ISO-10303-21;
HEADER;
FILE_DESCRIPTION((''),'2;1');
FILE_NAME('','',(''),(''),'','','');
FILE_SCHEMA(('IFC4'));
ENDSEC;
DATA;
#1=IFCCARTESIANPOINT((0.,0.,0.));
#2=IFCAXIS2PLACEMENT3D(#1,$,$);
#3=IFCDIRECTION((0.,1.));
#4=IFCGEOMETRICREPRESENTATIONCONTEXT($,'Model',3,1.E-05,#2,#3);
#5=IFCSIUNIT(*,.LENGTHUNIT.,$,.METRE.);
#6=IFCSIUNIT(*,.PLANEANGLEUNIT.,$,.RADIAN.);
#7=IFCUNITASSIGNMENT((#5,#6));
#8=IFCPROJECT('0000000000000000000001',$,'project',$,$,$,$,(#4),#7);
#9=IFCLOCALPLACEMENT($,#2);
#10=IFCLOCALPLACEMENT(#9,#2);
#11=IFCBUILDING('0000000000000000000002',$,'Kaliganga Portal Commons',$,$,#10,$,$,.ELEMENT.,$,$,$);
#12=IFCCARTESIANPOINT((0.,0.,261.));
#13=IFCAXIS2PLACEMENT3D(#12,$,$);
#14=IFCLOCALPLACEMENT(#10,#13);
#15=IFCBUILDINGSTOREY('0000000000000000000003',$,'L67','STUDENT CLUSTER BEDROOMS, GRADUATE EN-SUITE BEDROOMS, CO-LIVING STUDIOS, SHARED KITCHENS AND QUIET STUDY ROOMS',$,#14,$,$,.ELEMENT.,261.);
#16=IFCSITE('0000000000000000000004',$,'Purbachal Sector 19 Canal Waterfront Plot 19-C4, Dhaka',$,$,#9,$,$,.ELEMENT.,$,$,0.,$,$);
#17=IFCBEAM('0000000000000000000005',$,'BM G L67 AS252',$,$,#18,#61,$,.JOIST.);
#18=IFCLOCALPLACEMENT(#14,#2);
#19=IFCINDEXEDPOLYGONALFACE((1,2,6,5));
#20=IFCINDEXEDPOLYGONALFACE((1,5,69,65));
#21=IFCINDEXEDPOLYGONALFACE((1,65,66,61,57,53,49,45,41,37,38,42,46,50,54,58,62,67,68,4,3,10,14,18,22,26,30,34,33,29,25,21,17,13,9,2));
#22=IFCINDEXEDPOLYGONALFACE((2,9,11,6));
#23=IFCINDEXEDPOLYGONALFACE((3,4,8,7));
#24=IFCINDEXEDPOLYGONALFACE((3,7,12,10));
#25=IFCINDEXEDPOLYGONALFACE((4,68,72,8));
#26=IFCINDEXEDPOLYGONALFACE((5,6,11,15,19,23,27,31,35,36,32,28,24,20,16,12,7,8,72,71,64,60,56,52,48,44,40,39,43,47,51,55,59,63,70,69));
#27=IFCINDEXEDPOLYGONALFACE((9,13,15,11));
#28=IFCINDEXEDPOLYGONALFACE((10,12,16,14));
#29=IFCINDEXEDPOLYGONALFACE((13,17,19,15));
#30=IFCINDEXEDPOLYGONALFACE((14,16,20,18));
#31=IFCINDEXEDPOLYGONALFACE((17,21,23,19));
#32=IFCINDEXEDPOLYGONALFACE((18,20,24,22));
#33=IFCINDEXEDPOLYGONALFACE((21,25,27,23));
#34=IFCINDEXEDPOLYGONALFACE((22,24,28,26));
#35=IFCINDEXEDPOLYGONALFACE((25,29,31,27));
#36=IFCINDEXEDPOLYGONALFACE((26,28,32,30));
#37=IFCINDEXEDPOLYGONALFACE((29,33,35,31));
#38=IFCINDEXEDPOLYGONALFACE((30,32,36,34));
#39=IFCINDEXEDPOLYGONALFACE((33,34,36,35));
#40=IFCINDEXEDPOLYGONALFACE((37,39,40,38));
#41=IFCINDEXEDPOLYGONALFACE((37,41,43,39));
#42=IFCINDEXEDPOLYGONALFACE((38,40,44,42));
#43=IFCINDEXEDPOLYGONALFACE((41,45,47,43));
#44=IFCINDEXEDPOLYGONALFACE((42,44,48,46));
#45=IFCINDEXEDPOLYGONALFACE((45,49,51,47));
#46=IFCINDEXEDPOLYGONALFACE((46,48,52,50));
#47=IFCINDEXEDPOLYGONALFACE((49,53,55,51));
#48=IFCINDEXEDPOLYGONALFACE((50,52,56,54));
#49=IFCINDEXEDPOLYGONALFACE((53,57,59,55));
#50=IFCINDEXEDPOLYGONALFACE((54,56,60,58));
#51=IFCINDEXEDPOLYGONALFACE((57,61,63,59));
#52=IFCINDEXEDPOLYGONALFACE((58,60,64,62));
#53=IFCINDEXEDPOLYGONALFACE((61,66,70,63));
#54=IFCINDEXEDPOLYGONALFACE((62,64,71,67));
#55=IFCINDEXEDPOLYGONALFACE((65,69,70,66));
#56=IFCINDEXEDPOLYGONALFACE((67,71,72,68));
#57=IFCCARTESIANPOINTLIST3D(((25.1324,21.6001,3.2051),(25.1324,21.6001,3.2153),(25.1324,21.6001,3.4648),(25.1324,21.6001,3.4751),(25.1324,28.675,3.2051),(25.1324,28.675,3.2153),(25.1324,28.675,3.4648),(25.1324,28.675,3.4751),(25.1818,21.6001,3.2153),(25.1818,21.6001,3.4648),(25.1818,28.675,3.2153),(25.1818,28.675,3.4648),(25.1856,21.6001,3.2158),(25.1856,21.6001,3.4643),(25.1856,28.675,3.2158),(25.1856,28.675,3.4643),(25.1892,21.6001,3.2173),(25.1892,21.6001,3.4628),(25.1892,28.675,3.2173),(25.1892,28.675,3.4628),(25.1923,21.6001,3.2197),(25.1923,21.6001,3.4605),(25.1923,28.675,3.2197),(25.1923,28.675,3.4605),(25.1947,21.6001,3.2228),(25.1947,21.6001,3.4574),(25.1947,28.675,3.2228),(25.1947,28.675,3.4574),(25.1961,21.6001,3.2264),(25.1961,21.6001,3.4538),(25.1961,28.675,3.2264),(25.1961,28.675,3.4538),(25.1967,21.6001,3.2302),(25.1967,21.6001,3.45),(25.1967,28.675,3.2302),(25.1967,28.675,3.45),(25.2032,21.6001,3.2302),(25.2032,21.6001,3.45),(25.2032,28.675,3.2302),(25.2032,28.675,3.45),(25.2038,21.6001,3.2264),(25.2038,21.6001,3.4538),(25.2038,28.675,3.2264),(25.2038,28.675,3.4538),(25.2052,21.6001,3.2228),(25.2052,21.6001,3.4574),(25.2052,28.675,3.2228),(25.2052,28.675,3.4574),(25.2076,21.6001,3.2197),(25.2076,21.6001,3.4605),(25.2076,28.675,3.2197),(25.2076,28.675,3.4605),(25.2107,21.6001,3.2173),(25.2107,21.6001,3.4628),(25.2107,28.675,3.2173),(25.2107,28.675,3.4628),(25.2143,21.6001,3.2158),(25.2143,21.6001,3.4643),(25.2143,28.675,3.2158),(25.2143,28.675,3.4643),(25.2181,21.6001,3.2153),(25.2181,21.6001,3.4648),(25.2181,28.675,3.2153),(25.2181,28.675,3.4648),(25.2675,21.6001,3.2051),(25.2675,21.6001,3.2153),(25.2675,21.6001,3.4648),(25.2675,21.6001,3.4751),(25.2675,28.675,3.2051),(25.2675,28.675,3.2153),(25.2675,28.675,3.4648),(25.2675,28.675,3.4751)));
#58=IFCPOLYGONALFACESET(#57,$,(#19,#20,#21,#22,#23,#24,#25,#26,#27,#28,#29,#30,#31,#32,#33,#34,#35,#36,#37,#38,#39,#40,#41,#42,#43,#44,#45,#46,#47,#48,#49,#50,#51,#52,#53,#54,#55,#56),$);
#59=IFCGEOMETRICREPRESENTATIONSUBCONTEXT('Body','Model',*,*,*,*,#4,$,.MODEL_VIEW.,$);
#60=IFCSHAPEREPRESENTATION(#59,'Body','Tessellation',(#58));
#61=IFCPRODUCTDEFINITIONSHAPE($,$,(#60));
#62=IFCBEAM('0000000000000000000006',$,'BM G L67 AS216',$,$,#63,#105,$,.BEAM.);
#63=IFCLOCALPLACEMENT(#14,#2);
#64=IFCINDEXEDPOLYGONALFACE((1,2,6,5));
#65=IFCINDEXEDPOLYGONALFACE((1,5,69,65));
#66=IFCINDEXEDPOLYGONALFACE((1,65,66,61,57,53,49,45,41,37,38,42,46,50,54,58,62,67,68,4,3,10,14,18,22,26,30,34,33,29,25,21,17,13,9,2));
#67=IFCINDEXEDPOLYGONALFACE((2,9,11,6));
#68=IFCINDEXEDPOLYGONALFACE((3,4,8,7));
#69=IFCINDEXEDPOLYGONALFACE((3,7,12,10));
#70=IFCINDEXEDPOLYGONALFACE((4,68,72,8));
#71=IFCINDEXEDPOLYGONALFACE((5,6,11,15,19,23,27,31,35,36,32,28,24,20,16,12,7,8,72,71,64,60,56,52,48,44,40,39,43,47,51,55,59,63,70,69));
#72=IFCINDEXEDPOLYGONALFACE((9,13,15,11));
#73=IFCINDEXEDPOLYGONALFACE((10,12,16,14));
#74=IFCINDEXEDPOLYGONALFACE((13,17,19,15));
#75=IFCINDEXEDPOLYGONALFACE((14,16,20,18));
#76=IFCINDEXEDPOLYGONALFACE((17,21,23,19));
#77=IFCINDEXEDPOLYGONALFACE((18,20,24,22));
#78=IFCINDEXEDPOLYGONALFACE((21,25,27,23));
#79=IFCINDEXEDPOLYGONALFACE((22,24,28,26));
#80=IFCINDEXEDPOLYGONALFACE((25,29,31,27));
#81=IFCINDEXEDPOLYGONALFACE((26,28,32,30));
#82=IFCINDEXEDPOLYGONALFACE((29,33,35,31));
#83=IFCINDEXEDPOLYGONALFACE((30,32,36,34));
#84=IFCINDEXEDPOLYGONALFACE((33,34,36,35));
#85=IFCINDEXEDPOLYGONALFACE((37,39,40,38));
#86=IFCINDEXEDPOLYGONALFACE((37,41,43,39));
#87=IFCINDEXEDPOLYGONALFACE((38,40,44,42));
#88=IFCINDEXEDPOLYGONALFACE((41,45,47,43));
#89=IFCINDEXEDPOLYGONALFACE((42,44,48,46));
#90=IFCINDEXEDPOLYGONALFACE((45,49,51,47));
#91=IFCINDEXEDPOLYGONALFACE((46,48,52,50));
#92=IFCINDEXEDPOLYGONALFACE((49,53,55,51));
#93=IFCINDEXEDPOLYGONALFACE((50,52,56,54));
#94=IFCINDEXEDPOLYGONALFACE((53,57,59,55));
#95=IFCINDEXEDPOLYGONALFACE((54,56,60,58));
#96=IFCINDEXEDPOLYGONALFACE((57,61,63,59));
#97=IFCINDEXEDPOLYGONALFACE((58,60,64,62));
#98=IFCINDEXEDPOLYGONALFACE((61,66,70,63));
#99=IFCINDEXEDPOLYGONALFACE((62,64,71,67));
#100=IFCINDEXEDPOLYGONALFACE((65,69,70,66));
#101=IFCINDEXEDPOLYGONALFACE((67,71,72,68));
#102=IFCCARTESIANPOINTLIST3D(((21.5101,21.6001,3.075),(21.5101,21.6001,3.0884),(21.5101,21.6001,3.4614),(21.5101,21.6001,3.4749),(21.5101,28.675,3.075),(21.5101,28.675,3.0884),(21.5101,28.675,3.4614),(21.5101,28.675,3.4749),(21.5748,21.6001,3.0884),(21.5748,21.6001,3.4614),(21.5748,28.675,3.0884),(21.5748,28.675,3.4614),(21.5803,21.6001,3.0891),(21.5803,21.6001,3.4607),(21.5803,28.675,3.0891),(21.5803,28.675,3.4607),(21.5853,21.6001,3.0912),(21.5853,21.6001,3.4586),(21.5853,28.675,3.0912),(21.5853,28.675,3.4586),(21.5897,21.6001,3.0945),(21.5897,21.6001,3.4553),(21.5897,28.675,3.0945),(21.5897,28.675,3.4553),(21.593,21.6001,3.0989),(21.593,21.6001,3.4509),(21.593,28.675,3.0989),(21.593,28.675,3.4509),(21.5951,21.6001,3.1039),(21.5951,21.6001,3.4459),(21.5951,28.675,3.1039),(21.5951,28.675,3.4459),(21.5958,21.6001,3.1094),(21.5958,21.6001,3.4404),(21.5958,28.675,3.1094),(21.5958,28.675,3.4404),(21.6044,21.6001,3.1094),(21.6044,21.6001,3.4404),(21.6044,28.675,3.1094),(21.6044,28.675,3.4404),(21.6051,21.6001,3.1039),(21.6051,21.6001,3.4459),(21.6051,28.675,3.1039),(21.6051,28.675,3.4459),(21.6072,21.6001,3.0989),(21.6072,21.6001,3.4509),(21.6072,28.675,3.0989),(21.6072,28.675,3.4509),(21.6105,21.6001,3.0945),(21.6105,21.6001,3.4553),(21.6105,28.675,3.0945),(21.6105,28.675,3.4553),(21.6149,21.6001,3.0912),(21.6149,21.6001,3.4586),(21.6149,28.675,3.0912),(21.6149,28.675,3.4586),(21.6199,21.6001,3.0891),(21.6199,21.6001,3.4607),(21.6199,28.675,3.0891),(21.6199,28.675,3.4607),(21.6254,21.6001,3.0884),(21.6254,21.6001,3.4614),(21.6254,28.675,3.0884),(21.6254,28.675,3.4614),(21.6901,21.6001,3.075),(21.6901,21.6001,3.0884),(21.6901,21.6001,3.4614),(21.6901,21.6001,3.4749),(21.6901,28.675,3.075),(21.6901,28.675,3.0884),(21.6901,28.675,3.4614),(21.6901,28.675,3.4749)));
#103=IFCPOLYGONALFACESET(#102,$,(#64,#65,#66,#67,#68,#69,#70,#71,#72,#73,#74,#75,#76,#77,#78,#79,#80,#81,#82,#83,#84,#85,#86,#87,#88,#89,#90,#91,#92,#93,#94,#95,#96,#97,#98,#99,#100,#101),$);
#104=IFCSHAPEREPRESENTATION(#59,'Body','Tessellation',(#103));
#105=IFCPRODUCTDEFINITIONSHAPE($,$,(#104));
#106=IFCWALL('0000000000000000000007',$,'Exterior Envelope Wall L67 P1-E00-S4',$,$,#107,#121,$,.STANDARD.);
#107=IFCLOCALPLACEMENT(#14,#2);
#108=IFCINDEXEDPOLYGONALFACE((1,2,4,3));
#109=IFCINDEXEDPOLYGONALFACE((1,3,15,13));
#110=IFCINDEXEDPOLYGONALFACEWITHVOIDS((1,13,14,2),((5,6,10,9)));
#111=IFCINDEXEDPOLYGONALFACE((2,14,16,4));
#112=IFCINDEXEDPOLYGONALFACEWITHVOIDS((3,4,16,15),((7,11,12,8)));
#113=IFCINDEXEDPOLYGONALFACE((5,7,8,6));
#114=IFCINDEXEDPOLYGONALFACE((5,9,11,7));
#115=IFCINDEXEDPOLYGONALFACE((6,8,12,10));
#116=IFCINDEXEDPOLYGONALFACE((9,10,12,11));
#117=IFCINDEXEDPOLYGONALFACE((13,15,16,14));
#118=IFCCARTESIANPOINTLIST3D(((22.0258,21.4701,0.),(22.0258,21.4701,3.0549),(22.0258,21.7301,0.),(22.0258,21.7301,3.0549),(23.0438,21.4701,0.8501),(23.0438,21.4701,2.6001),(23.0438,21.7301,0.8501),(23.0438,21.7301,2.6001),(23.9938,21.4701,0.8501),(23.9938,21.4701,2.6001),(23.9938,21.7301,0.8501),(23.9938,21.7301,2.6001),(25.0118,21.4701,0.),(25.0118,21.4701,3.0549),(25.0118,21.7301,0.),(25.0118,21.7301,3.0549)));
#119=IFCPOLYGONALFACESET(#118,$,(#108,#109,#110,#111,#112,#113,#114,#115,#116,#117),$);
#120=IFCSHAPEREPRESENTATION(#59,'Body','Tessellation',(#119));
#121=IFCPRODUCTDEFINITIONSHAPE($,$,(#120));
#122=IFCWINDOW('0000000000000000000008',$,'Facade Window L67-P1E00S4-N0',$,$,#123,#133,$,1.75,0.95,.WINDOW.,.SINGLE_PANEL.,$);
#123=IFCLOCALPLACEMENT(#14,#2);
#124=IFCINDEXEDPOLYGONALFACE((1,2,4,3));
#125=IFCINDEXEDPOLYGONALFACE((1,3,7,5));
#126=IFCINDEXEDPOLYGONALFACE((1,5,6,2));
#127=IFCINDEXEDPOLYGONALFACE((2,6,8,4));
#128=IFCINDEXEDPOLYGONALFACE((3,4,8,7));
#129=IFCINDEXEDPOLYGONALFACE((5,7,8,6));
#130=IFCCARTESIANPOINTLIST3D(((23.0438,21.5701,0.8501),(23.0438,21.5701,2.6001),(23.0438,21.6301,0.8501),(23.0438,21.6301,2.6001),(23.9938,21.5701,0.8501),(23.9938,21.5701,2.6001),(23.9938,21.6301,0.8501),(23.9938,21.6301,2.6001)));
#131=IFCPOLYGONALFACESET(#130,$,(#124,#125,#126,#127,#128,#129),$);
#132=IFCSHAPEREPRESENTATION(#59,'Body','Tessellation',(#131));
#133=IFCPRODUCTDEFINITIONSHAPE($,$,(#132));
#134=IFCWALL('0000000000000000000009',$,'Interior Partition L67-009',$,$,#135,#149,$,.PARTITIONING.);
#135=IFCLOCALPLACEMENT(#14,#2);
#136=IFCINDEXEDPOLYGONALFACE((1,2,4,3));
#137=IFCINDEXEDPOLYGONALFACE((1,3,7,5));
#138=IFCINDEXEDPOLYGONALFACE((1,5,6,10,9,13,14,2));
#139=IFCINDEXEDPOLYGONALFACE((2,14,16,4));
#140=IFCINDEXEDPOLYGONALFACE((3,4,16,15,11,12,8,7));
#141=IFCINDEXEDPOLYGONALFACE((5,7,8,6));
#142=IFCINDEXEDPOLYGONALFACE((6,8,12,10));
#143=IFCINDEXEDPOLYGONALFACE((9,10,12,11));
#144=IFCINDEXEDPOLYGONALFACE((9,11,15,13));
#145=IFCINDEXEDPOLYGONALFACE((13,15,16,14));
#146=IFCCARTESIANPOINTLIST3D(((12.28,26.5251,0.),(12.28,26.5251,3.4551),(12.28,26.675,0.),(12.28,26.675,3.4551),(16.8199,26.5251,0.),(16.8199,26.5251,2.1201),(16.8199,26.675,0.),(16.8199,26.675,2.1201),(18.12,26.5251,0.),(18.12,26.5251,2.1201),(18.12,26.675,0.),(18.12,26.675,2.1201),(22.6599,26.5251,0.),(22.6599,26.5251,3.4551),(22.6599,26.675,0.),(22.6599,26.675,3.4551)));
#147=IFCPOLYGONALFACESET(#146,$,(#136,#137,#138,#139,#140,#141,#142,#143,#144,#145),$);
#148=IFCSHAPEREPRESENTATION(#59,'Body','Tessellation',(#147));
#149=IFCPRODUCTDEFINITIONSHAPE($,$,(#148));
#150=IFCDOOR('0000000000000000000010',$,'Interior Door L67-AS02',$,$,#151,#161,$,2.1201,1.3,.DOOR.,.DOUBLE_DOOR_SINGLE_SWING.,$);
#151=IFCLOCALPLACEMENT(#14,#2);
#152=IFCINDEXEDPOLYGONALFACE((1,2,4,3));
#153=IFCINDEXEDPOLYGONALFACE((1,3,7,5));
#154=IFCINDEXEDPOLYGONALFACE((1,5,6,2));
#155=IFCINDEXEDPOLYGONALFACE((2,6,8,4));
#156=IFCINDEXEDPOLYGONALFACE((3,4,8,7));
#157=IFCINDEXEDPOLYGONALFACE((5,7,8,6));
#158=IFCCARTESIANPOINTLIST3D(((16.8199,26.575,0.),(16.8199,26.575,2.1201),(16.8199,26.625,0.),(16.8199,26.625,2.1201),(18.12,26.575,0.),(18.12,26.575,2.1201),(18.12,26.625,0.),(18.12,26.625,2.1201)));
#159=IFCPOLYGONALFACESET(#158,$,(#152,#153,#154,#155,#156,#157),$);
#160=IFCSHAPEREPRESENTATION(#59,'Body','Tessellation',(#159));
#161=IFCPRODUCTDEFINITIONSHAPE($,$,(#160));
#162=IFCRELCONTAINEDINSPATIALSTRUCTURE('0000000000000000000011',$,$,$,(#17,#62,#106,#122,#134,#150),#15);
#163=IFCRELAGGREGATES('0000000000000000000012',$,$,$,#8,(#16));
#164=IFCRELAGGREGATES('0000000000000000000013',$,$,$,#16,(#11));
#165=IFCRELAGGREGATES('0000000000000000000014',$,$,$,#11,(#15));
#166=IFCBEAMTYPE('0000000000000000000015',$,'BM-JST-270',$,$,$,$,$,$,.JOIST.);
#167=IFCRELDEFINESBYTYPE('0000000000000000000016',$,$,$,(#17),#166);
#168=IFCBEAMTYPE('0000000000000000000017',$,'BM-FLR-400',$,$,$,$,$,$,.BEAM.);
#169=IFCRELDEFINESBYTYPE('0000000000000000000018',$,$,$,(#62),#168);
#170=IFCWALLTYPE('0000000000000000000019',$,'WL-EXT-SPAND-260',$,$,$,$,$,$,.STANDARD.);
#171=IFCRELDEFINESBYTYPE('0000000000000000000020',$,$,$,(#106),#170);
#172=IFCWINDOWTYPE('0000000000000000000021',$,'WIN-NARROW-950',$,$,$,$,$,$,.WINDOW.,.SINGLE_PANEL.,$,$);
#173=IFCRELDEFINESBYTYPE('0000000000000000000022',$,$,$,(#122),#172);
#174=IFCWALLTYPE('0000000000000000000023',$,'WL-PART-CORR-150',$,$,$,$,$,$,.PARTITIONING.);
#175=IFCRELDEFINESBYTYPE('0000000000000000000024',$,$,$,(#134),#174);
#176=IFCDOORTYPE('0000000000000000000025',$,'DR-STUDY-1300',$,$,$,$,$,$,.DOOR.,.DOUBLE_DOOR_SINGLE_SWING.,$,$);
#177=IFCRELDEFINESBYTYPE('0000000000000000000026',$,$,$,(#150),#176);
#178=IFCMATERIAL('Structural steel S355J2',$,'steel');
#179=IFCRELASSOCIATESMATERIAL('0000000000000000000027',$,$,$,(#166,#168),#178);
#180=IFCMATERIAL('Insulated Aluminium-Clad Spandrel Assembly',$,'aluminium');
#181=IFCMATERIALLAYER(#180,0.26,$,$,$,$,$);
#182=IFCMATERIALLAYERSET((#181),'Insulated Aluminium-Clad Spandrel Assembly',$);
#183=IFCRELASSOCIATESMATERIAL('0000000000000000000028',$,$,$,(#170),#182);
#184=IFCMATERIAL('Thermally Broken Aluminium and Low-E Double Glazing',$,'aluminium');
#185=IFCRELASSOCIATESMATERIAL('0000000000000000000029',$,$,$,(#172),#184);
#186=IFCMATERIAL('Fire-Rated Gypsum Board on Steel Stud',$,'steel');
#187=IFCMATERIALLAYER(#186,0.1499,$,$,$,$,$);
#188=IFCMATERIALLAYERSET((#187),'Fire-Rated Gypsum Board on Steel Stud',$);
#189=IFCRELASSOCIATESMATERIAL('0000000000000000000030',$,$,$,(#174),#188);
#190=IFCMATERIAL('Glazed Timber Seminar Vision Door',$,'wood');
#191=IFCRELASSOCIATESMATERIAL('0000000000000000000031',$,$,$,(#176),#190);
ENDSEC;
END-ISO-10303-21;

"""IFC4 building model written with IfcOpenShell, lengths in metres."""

from ifc_helpers import new_model, si_unit, direction, frame, frame_2d, origin, origin_2d, place, context, subcontext, project, spatial, rectangle, i_section, extrude, source, transform, mapped, material, layer, layer_set, material_profile, profile_set, type_object, element, fill, save


model = new_model("IFC4")

# Units and contexts
model_context = context("Model", 3, precision=1e-05, world=origin(), true_north=direction((0.0, 1.0)))
body_context = subcontext(model_context, "Body", "Model", "MODEL_VIEW")
ifc_project = project(units=[si_unit("LENGTHUNIT", "METRE"), si_unit("PLANEANGLEUNIT", "RADIAN")], contexts=[model_context])

# Site, building, storey
site_placement = place(None, origin())
site = spatial("IfcSite", under=ifc_project, at=site_placement, Name="Purbachal Sector 19 Canal Waterfront Plot 19-C4, Dhaka", CompositionType="ELEMENT", RefElevation=0.0)
building_placement = place(site_placement, origin())
building = spatial("IfcBuilding", under=site, at=building_placement, Name="Kaliganga Portal Commons", CompositionType="ELEMENT")
storey_placement = place(building_placement, frame((0.0, 0.0, 261.0)))
storey = spatial("IfcBuildingStorey", under=building, at=storey_placement, Name="L67", Description="STUDENT CLUSTER BEDROOMS, GRADUATE EN-SUITE BEDROOMS, CO-LIVING STUDIOS, SHARED KITCHENS AND QUIET STUDY ROOMS", CompositionType="ELEMENT", Elevation=261.0)

# Shared definitions
ifc_material_1 = material(Name="Structural steel S355J2", Category="steel")

# Beams
ifc_material_profile_1 = material_profile(ifc_material_1, i_section(OverallWidth=0.135, OverallDepth=0.27, WebThickness=0.0066, FlangeThickness=0.0103, FilletRadius=0.0149, at=origin_2d()), Name="IPE 270")
ifc_profile_set_1 = profile_set([ifc_material_profile_1], Name="Structural steel S355J2 wide-flange")
beam_type_1 = type_object("IfcBeamType", Name="BM-JST-270", PredefinedType="JOIST", material=ifc_profile_set_1)
shared_shape_1 = source(origin(), body_context, "Body", "SweptSolid", [
    extrude(i_section(OverallWidth=0.135, OverallDepth=0.27, WebThickness=0.0066, FlangeThickness=0.0103, FilletRadius=0.0149, at=origin_2d()), origin(), (0.0, 0.0, 1.0), 7.075),
])
beam_1_placement = place(storey_placement, frame((25.2, 21.6001, 3.3401), z_axis=(0.0, 1.0, 0.0), x_axis=(-1.0, 0.0, 0.0)))
element("IfcBeam", 1, at=beam_1_placement, inside=storey, type_object=beam_type_1, Name="BM G L67 AS252", PredefinedType="JOIST", context=body_context, shape_type="MappedRepresentation", body=[
    mapped(shared_shape_1, transform((0.0, 0.0, 0.0), x_axis=(1.0, 0.0, 0.0), y_axis=(0.0, 1.0, 0.0), z_axis=(0.0, 0.0, 1.0), scale=1.0)),
])
ifc_material_profile_2 = material_profile(ifc_material_1, i_section(OverallWidth=0.1799, OverallDepth=0.3999, WebThickness=0.0085, FlangeThickness=0.0134, FilletRadius=0.021, at=origin_2d()), Name="IPE 400")
ifc_profile_set_2 = profile_set([ifc_material_profile_2], Name="Structural steel S355J2 wide-flange")
beam_type_2 = type_object("IfcBeamType", Name="BM-FLR-400", PredefinedType="BEAM", material=ifc_profile_set_2)
shared_shape_2 = source(origin(), body_context, "Body", "SweptSolid", [
    extrude(i_section(OverallWidth=0.1799, OverallDepth=0.3999, WebThickness=0.0085, FlangeThickness=0.0134, FilletRadius=0.021, at=origin_2d()), origin(), (0.0, 0.0, 1.0), 7.075),
])
beam_2_placement = place(storey_placement, frame((21.6001, 21.6001, 3.2749), z_axis=(0.0, 1.0, 0.0), x_axis=(-1.0, 0.0, 0.0)))
element("IfcBeam", 2, at=beam_2_placement, inside=storey, type_object=beam_type_2, Name="BM G L67 AS216", PredefinedType="BEAM", context=body_context, shape_type="MappedRepresentation", body=[
    mapped(shared_shape_2, transform((0.0, 0.0, 0.0), x_axis=(1.0, 0.0, 0.0), y_axis=(0.0, 1.0, 0.0), z_axis=(0.0, 0.0, 1.0), scale=1.0)),
])

# Wall, opening, window
ifc_material_2 = material(Name="Insulated Aluminium-Clad Spandrel Assembly", Category="aluminium")
ifc_layer_1 = layer(ifc_material_2, 0.26)
ifc_layer_set_1 = layer_set([ifc_layer_1], Name="Insulated Aluminium-Clad Spandrel Assembly")
wall_type_1 = type_object("IfcWallType", Name="WL-EXT-SPAND-260", PredefinedType="STANDARD", material=ifc_layer_set_1)
wall_1_placement = place(storey_placement, frame((25.012, 21.6001, 0.0), z_axis=(0.0, 0.0, 1.0), x_axis=(-1.0, 0.0, 0.0)))
wall_1 = element("IfcWall", 3, at=wall_1_placement, inside=storey, type_object=wall_type_1, Name="Exterior Envelope Wall L67 P1-E00-S4", PredefinedType="STANDARD", context=body_context, shape_type="SweptSolid", body=[
    extrude(rectangle(XDim=2.9861, YDim=0.26, at=frame_2d((1.4932, 0.0))), origin(), (0.0, 0.0, 1.0), 3.0549),
])
opening_1_placement = place(wall_1_placement, frame((1.0181, 0.0, 0.8501)))
opening_1 = element("IfcOpeningElement", 4, at=opening_1_placement, cuts=wall_1, PredefinedType="OPENING", context=body_context, shape_type="SweptSolid", body=[
    extrude(rectangle(XDim=0.95, YDim=1.75, at=frame_2d((0.4751, 0.875))), frame((0.0, 0.1401, 0.0), z_axis=(0.0, -1.0, 0.0), x_axis=(1.0, 0.0, 0.0)), (0.0, 0.0, 1.0), 0.28),
])
ifc_material_3 = material(Name="Thermally Broken Aluminium and Low-E Double Glazing", Category="aluminium")
window_type = type_object("IfcWindowType", Name="WIN-NARROW-950", PartitioningType="SINGLE_PANEL", PredefinedType="WINDOW", material=ifc_material_3)
window_placement = place(opening_1_placement, origin())
window = element("IfcWindow", 5, at=window_placement, inside=storey, type_object=window_type, Name="Facade Window L67-P1E00S4-N0", OverallHeight=1.75, OverallWidth=0.95, PartitioningType="SINGLE_PANEL", PredefinedType="WINDOW", context=body_context, shape_type="SweptSolid", body=[
    extrude(rectangle(XDim=0.95, YDim=1.75, at=frame_2d((0.4751, 0.875))), frame((0.0, 0.03, 0.0), z_axis=(0.0, -1.0, 0.0), x_axis=(1.0, 0.0, 0.0)), (0.0, 0.0, 1.0), 0.0601),
])
fill(opening_1, window)

# Wall, opening, door
ifc_material_4 = material(Name="Fire-Rated Gypsum Board on Steel Stud", Category="steel")
ifc_layer_2 = layer(ifc_material_4, 0.1499)
ifc_layer_set_2 = layer_set([ifc_layer_2], Name="Fire-Rated Gypsum Board on Steel Stud")
wall_type_2 = type_object("IfcWallType", Name="WL-PART-CORR-150", PredefinedType="PARTITIONING", material=ifc_layer_set_2)
wall_2_placement = place(storey_placement, frame((12.28, 26.6001, 0.0), z_axis=(0.0, 0.0, 1.0), x_axis=(1.0, 0.0, 0.0)))
wall_2 = element("IfcWall", 6, at=wall_2_placement, inside=storey, type_object=wall_type_2, Name="Interior Partition L67-009", PredefinedType="PARTITIONING", context=body_context, shape_type="SweptSolid", body=[
    extrude(rectangle(XDim=10.3799, YDim=0.1499, at=frame_2d((5.1899, 0.0))), origin(), (0.0, 0.0, 1.0), 3.4551),
])
opening_2_placement = place(wall_2_placement, frame((4.54, 0.0, 0.0)))
opening_2 = element("IfcOpeningElement", 7, at=opening_2_placement, cuts=wall_2, PredefinedType="OPENING", context=body_context, shape_type="SweptSolid", body=[
    extrude(rectangle(XDim=1.3, YDim=2.1201, at=frame_2d((0.6499, 1.0601))), frame((0.0, 0.085, 0.0), z_axis=(0.0, -1.0, 0.0), x_axis=(1.0, 0.0, 0.0)), (0.0, 0.0, 1.0), 0.1699),
])
ifc_material_5 = material(Name="Glazed Timber Seminar Vision Door", Category="wood")
door_type_1 = type_object("IfcDoorType", Name="DR-STUDY-1300", OperationType="DOUBLE_DOOR_SINGLE_SWING", PredefinedType="DOOR", material=ifc_material_5)
door_1_placement = place(opening_2_placement, origin())
door_1 = element("IfcDoor", 8, at=door_1_placement, inside=storey, type_object=door_type_1, Name="Interior Door L67-AS02", OperationType="DOUBLE_DOOR_SINGLE_SWING", OverallHeight=2.1201, OverallWidth=1.3, PredefinedType="DOOR", context=body_context, shape_type="SweptSolid", body=[
    extrude(rectangle(XDim=1.3, YDim=2.1201, at=frame_2d((0.6499, 1.0601))), frame((0.0, 0.0249, 0.0), z_axis=(0.0, -1.0, 0.0), x_axis=(1.0, 0.0, 0.0)), (0.0, 0.0, 1.0), 0.05),
])
fill(opening_2, door_1)

save(model, "model.ifc")
